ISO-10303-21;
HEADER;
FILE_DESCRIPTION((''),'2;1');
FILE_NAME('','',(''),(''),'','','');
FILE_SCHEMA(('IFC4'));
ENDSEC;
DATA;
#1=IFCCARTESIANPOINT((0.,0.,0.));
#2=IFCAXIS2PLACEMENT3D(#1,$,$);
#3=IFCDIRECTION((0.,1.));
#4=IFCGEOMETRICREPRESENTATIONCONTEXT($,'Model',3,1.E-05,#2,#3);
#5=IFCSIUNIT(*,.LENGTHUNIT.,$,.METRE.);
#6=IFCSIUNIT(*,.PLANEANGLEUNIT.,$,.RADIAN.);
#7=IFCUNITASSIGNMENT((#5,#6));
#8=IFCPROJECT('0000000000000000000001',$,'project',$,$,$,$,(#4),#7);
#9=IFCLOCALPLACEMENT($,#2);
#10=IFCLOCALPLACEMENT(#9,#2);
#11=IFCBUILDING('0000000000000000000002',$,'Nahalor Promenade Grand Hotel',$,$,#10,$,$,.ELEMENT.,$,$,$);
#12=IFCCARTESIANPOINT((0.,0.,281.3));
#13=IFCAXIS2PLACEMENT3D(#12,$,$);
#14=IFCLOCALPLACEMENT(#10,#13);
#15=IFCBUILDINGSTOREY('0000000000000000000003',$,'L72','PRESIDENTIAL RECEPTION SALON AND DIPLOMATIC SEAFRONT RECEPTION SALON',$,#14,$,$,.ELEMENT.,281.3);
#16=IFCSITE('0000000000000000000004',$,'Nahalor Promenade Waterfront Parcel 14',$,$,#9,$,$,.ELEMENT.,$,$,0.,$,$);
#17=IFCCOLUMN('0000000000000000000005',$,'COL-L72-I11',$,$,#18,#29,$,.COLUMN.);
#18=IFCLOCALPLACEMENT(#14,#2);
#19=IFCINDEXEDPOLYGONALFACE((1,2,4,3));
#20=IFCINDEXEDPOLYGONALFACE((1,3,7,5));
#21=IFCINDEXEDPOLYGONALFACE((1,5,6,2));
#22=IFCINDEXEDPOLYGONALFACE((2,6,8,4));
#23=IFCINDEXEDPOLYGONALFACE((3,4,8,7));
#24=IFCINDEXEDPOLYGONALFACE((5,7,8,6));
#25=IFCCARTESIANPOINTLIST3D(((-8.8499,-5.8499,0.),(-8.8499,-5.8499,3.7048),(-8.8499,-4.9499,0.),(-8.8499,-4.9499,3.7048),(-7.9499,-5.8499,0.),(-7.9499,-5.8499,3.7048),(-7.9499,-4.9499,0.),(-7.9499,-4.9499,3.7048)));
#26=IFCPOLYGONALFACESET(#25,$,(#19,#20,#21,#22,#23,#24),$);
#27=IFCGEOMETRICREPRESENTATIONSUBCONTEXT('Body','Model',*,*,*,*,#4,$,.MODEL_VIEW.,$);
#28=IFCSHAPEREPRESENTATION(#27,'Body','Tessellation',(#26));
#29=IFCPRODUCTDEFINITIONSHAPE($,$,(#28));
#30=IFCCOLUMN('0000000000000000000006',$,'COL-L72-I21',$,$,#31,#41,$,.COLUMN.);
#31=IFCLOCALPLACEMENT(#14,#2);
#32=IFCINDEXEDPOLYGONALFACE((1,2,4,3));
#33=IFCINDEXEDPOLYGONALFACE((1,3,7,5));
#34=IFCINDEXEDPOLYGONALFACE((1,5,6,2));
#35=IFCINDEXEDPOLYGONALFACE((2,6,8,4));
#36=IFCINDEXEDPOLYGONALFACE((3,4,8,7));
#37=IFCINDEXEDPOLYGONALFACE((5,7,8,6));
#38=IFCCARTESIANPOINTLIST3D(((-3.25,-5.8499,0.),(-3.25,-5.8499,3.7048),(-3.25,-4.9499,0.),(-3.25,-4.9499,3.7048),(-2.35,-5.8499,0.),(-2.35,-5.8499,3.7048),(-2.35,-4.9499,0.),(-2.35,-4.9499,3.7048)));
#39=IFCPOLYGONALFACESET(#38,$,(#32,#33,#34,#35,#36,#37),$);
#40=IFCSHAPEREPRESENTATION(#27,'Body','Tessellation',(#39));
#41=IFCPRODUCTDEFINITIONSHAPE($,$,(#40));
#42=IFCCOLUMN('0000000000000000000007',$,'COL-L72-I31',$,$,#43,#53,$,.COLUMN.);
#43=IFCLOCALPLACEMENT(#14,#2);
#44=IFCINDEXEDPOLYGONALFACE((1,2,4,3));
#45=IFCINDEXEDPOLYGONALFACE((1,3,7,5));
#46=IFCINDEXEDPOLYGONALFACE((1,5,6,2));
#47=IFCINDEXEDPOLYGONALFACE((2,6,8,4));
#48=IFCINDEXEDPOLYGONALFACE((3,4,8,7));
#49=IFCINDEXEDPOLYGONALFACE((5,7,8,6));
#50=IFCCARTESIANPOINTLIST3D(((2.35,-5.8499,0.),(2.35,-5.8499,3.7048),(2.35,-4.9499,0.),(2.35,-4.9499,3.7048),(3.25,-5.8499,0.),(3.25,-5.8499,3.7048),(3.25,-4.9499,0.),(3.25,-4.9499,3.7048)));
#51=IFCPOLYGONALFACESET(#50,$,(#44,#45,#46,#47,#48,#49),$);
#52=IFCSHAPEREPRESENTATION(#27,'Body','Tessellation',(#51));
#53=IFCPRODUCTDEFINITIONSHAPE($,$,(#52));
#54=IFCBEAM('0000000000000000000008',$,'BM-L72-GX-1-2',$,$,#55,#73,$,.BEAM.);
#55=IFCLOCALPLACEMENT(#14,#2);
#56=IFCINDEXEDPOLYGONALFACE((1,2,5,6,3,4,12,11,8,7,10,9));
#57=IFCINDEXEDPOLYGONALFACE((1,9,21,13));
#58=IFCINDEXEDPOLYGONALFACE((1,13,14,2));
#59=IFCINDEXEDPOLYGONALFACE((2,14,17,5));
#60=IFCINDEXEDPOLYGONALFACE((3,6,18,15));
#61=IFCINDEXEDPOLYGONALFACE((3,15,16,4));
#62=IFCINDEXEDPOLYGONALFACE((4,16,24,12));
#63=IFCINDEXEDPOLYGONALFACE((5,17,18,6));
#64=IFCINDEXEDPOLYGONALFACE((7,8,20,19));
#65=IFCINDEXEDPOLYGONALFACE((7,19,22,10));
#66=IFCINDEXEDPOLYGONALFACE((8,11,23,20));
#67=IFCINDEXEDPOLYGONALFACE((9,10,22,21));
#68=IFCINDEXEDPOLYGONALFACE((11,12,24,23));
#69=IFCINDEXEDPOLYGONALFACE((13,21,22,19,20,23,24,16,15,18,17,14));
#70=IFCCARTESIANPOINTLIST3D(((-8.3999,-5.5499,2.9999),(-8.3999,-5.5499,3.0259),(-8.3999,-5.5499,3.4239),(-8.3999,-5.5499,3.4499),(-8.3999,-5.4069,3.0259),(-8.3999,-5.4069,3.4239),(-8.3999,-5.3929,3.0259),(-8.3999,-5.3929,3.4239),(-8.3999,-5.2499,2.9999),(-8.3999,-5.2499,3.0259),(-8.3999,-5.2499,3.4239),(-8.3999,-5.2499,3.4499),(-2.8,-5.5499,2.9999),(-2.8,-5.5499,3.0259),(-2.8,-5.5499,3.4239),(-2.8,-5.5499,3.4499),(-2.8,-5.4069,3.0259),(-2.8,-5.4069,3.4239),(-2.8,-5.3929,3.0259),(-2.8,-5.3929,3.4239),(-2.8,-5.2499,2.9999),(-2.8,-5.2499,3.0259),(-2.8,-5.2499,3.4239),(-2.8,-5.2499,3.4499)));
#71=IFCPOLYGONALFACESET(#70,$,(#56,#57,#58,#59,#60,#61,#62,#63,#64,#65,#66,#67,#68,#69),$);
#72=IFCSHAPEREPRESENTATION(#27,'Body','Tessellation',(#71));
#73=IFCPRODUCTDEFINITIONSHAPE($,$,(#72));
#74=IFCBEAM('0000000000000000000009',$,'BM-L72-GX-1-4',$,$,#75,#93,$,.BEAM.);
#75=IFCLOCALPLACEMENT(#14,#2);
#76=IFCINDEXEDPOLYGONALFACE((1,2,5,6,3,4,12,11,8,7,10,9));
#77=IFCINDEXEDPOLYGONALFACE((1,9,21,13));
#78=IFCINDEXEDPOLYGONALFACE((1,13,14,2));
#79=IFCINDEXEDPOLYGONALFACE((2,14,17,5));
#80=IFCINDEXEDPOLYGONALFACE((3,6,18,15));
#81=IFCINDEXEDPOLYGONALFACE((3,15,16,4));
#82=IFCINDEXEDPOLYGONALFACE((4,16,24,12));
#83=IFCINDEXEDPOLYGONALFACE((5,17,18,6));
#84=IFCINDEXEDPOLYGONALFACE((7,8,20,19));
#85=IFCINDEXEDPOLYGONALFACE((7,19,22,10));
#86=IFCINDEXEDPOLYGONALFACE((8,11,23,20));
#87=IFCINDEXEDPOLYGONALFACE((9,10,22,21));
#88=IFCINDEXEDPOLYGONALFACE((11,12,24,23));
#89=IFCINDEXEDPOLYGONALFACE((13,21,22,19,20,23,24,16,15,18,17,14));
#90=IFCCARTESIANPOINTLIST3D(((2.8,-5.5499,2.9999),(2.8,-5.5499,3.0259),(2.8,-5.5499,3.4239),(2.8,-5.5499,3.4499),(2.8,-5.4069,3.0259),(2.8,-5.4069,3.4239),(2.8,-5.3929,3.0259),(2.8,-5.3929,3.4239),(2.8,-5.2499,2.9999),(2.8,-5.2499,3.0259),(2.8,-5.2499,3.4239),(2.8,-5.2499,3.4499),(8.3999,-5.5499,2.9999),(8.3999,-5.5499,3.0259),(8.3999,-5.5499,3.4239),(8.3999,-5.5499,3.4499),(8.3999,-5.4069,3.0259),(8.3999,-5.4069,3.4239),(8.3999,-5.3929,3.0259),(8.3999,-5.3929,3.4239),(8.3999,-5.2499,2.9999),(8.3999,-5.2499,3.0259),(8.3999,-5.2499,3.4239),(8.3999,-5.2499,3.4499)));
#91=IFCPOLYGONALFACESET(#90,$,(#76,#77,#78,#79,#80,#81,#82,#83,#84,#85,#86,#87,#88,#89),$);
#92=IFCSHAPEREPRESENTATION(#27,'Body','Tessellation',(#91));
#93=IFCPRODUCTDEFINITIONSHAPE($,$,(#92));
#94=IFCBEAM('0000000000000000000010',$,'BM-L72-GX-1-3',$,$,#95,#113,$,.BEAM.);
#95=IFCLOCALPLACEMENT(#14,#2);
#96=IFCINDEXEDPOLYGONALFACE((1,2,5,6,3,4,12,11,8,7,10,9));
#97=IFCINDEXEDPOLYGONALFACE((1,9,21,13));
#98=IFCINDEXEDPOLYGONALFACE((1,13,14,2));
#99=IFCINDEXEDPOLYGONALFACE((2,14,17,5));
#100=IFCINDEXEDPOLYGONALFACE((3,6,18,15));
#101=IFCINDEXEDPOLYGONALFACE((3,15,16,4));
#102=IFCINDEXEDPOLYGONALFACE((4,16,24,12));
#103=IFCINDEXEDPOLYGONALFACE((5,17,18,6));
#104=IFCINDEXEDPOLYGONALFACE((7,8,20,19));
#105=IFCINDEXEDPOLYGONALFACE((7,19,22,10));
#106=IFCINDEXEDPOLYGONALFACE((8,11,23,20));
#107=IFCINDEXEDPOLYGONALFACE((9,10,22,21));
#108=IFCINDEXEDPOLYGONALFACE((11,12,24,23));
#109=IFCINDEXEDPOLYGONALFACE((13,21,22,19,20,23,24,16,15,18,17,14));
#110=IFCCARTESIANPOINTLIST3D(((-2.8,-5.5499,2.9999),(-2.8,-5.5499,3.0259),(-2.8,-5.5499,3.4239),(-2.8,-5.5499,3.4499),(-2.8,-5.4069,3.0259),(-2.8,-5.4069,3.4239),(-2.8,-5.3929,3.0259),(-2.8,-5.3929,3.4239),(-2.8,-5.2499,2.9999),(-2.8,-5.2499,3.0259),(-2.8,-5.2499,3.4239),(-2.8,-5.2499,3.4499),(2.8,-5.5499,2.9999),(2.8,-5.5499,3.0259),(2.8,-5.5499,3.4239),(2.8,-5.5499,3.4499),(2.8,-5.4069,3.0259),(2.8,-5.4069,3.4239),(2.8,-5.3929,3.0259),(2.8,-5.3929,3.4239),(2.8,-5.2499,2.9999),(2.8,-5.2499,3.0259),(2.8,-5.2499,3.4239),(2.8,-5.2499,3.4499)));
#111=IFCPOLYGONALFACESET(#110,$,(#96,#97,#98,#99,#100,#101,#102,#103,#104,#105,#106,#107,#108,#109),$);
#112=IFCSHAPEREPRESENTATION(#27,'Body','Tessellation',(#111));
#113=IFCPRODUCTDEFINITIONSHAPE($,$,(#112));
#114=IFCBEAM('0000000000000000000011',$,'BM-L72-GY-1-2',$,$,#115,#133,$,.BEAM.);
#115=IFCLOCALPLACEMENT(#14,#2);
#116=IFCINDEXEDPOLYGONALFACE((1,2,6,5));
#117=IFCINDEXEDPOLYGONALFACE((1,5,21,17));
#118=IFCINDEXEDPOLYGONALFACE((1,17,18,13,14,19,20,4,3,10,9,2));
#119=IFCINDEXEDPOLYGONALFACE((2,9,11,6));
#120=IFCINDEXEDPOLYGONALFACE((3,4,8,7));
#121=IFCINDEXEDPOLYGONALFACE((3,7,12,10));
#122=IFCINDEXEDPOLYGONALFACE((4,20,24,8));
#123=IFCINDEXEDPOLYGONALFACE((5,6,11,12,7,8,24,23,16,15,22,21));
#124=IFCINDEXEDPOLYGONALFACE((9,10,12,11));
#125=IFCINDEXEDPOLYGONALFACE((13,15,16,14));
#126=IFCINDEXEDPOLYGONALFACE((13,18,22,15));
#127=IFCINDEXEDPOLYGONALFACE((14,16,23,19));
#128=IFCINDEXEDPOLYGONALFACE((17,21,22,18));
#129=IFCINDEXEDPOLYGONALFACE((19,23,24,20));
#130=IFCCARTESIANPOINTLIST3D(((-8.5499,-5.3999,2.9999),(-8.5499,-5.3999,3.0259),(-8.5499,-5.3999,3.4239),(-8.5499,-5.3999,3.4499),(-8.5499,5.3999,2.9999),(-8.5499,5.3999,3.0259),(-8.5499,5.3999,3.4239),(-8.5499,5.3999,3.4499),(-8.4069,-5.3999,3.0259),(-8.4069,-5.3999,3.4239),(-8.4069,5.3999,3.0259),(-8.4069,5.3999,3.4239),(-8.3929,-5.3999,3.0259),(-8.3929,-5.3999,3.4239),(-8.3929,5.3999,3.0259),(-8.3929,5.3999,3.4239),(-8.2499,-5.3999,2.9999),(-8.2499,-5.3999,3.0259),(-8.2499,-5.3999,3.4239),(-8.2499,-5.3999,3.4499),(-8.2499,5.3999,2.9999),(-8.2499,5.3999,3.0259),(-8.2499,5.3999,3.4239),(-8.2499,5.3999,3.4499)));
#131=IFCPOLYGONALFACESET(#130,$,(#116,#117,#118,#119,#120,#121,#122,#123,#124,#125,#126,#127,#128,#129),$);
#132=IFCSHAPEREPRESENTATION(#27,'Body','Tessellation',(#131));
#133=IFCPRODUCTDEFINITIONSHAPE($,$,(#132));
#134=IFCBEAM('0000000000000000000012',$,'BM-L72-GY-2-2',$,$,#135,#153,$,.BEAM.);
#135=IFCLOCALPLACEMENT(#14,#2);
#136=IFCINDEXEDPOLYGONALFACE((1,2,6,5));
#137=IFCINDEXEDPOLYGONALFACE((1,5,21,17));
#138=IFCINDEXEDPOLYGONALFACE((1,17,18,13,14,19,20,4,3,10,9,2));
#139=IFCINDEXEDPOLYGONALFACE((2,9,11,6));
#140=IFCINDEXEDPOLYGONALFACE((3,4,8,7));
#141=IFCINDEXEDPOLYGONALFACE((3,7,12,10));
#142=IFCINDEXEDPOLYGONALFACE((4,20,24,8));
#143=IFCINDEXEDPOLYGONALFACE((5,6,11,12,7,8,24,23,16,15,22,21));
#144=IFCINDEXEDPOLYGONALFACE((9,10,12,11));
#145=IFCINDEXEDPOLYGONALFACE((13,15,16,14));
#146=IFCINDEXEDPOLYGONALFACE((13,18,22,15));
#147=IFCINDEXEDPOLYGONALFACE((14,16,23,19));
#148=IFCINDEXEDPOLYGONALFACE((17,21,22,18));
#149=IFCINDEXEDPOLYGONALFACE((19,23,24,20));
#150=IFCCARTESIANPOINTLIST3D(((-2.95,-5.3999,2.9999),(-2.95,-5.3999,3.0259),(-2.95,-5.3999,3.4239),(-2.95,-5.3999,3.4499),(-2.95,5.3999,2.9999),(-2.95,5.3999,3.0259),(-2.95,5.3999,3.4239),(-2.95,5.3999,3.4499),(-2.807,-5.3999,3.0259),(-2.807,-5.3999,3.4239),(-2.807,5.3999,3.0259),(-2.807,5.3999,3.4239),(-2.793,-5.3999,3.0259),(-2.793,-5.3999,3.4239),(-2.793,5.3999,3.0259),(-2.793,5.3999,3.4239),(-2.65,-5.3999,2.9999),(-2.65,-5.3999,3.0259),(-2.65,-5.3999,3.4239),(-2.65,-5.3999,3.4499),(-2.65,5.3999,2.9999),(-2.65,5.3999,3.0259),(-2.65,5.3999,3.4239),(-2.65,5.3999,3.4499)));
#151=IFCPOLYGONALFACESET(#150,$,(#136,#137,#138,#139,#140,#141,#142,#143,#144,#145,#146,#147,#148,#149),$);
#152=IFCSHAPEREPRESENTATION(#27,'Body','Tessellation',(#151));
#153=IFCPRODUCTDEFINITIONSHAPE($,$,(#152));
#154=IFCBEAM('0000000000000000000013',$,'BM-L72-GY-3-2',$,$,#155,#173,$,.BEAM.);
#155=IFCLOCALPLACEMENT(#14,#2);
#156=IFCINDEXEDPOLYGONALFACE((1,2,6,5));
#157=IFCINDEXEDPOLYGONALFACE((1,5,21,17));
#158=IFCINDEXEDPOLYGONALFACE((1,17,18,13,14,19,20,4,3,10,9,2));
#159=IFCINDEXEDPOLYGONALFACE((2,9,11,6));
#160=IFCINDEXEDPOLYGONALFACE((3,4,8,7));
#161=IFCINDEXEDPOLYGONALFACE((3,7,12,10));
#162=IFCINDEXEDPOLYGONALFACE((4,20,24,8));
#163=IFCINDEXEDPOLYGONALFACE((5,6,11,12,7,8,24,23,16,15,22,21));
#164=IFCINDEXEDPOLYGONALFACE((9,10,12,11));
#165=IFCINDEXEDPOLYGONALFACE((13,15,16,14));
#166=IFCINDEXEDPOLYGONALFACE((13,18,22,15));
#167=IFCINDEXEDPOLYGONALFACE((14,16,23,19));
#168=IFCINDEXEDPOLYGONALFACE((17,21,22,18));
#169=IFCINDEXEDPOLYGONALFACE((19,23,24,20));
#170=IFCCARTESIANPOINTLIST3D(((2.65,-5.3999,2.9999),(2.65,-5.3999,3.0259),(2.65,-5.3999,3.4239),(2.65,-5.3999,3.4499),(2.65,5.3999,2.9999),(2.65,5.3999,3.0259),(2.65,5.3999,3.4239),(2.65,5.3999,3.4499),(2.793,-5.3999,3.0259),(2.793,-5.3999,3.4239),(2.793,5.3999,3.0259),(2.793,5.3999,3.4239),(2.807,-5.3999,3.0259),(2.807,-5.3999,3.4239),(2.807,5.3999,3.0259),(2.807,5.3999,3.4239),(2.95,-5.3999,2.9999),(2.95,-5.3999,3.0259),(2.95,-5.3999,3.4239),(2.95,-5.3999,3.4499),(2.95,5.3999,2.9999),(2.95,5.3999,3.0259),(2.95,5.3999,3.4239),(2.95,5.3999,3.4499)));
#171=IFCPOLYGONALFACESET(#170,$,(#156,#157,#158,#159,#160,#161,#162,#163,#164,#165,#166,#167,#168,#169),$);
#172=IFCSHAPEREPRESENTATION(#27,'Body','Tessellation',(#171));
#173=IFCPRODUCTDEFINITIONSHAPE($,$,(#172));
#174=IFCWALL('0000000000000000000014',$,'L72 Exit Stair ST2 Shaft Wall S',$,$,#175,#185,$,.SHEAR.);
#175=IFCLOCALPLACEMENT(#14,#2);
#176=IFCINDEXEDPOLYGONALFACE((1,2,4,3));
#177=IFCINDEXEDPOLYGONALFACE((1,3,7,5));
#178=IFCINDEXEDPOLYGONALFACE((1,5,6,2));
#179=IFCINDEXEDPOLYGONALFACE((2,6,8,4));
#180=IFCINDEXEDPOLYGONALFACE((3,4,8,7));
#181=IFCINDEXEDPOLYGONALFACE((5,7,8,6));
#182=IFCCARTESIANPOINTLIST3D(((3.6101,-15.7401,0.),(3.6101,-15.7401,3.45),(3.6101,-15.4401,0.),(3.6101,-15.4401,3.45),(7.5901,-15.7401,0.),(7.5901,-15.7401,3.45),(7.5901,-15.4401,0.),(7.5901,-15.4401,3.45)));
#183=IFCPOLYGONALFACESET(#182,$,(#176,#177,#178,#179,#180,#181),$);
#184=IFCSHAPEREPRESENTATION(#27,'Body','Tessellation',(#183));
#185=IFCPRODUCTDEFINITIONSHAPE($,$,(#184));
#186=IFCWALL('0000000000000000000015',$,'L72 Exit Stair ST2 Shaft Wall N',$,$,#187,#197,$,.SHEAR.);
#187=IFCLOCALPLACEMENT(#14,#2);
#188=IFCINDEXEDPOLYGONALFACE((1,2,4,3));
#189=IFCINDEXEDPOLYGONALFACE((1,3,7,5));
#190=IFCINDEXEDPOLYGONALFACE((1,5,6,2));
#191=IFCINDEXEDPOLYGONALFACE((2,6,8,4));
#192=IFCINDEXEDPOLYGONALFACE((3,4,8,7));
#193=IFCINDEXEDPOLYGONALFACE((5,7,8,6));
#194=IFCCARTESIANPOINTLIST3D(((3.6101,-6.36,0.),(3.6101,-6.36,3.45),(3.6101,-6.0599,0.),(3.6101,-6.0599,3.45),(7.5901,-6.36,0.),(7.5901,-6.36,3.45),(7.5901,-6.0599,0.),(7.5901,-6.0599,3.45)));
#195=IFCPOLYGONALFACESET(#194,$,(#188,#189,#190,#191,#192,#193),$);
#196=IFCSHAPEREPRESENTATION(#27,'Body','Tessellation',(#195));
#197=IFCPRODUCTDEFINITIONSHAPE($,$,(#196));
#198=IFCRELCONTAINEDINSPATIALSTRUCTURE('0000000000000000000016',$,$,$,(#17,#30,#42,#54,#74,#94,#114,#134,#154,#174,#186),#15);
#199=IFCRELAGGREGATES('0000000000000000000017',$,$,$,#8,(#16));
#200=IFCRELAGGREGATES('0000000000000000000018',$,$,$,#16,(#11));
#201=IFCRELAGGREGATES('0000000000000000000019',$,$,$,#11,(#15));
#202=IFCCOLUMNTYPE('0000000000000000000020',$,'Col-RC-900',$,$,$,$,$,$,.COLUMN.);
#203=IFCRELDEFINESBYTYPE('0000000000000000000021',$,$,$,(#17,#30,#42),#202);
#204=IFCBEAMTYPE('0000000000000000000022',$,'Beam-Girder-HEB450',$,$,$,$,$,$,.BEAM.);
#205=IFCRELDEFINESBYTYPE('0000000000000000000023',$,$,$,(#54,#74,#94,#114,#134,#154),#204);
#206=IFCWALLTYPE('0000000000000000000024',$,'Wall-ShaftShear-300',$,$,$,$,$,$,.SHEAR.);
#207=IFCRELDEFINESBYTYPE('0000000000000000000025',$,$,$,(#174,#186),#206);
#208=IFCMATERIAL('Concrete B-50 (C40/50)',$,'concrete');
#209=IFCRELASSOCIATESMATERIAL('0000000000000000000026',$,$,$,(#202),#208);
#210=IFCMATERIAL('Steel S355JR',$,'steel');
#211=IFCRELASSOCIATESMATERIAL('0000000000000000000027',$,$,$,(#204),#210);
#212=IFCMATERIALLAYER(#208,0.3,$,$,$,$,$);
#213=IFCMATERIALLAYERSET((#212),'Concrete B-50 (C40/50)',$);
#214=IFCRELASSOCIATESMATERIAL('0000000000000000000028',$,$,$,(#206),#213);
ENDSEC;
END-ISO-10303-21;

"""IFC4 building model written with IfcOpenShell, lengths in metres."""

from ifc_helpers import new_model, si_unit, direction, frame, frame_2d, origin, origin_2d, place, context, subcontext, project, spatial, rectangle, i_section, extrude, source, transform, mapped, material, layer, layer_set, material_profile, profile_set, type_object, element, save


model = new_model("IFC4")

# Units and contexts
model_context = context("Model", 3, precision=1e-05, world=origin(), true_north=direction((0.0, 1.0)))
body_context = subcontext(model_context, "Body", "Model", "MODEL_VIEW")
ifc_project = project(units=[si_unit("LENGTHUNIT", "METRE"), si_unit("PLANEANGLEUNIT", "RADIAN")], contexts=[model_context])

# Site, building, storey
site_placement = place(None, origin())
site = spatial("IfcSite", under=ifc_project, at=site_placement, Name="Nahalor Promenade Waterfront Parcel 14", CompositionType="ELEMENT", RefElevation=0.0)
building_placement = place(site_placement, origin())
building = spatial("IfcBuilding", under=site, at=building_placement, Name="Nahalor Promenade Grand Hotel", CompositionType="ELEMENT")
storey_placement = place(building_placement, frame((0.0, 0.0, 281.3)))
storey = spatial("IfcBuildingStorey", under=building, at=storey_placement, Name="L72", Description="PRESIDENTIAL RECEPTION SALON AND DIPLOMATIC SEAFRONT RECEPTION SALON", CompositionType="ELEMENT", Elevation=281.3)

# Columns
ifc_material_1 = material(Name="Concrete B-50 (C40/50)", Category="concrete")
ifc_material_profile_1 = material_profile(ifc_material_1, rectangle(XDim=0.9, YDim=0.9, at=origin_2d()), Name="RC 900x900")
ifc_profile_set_1 = profile_set([ifc_material_profile_1], Name="Concrete B-50 (C40/50)")
column_type = type_object("IfcColumnType", Name="Col-RC-900", PredefinedType="COLUMN", material=ifc_profile_set_1)
shared_shape_1 = source(origin(), body_context, "Body", "SweptSolid", [
    extrude(rectangle(XDim=0.9, YDim=0.9, at=origin_2d()), origin(), (0.0, 0.0, 1.0), 3.7048),
])
for number, where, z_axis, x_axis, name in (
    (1, (-8.3999, -5.3999, 0.0), (0.0, 0.0, 1.0), (1.0, 0.0, 0.0), "COL-L72-I11"),
    (2, (-2.8, -5.3999, 0.0), (0.0, 0.0, 1.0), (1.0, 0.0, 0.0), "COL-L72-I21"),
    (3, (2.8, -5.3999, 0.0), (0.0, 0.0, 1.0), (1.0, 0.0, 0.0), "COL-L72-I31"),
):
    element("IfcColumn", number, at=place(storey_placement, frame(where, z_axis=z_axis, x_axis=x_axis)), inside=storey, type_object=column_type, Name=name, PredefinedType="COLUMN", context=body_context, shape_type="MappedRepresentation", body=[
        mapped(shared_shape_1, transform((0.0, 0.0, 0.0), scale=1.0)),
    ])

# Beams
ifc_material_2 = material(Name="Steel S355JR", Category="steel")
ifc_material_profile_2 = material_profile(ifc_material_2, i_section(OverallWidth=0.3, OverallDepth=0.45, WebThickness=0.014, FlangeThickness=0.026, at=origin_2d()), Name="HEB 450")
ifc_profile_set_2 = profile_set([ifc_material_profile_2], Name="Steel S355JR")
beam_type = type_object("IfcBeamType", Name="Beam-Girder-HEB450", PredefinedType="BEAM", material=ifc_profile_set_2)
shared_shape_2 = source(origin(), body_context, "Body", "SweptSolid", [
    extrude(i_section(OverallWidth=0.3, OverallDepth=0.45, WebThickness=0.014, FlangeThickness=0.026, at=origin_2d()), origin(), (0.0, 0.0, 1.0), 5.5999),
])
for number, where, z_axis, x_axis, name in (
    (4, (-8.3999, -5.3999, 3.2249), (1.0, 0.0, 0.0), (0.0, 1.0, 0.0), "BM-L72-GX-1-2"),
    (5, (2.8, -5.3999, 3.2249), (1.0, 0.0, 0.0), (0.0, 1.0, 0.0), "BM-L72-GX-1-4"),
):
    element("IfcBeam", number, at=place(storey_placement, frame(where, z_axis=z_axis, x_axis=x_axis)), inside=storey, type_object=beam_type, Name=name, PredefinedType="BEAM", context=body_context, shape_type="MappedRepresentation", body=[
        mapped(shared_shape_2, transform((0.0, 0.0, 0.0), scale=1.0)),
    ])
shared_shape_3 = source(origin(), body_context, "Body", "SweptSolid", [
    extrude(i_section(OverallWidth=0.3, OverallDepth=0.45, WebThickness=0.014, FlangeThickness=0.026, at=origin_2d()), origin(), (0.0, 0.0, 1.0), 5.6001),
])
beam_placement = place(storey_placement, frame((-2.8, -5.3999, 3.2249), z_axis=(1.0, 0.0, 0.0), x_axis=(0.0, 1.0, 0.0)))
element("IfcBeam", 6, at=beam_placement, inside=storey, type_object=beam_type, Name="BM-L72-GX-1-3", PredefinedType="BEAM", context=body_context, shape_type="MappedRepresentation", body=[
    mapped(shared_shape_3, transform((0.0, 0.0, 0.0), scale=1.0)),
])
shared_shape_4 = source(origin(), body_context, "Body", "SweptSolid", [
    extrude(i_section(OverallWidth=0.3, OverallDepth=0.45, WebThickness=0.014, FlangeThickness=0.026, at=origin_2d()), origin(), (0.0, 0.0, 1.0), 10.7998),
])
for number, where, z_axis, x_axis, name in (
    (7, (-8.3999, -5.3999, 3.2249), (0.0, 1.0, 0.0), (-1.0, 0.0, 0.0), "BM-L72-GY-1-2"),
    (8, (-2.8, -5.3999, 3.2249), (0.0, 1.0, 0.0), (-1.0, 0.0, 0.0), "BM-L72-GY-2-2"),
    (9, (2.8, -5.3999, 3.2249), (0.0, 1.0, 0.0), (-1.0, 0.0, 0.0), "BM-L72-GY-3-2"),
):
    element("IfcBeam", number, at=place(storey_placement, frame(where, z_axis=z_axis, x_axis=x_axis)), inside=storey, type_object=beam_type, Name=name, PredefinedType="BEAM", context=body_context, shape_type="MappedRepresentation", body=[
        mapped(shared_shape_4, transform((0.0, 0.0, 0.0), scale=1.0)),
    ])

# Walls
ifc_layer_1 = layer(ifc_material_1, 0.3)
ifc_layer_set_1 = layer_set([ifc_layer_1], Name="Concrete B-50 (C40/50)")
wall_type = type_object("IfcWallType", Name="Wall-ShaftShear-300", PredefinedType="SHEAR", material=ifc_layer_set_1)
shared_shape_5 = source(origin(), body_context, "Body", "SweptSolid", [
    extrude(rectangle(XDim=3.98, YDim=0.3, at=frame_2d((1.99, 0.0))), origin(), (0.0, 0.0, 1.0), 3.45),
])
for number, where, z_axis, x_axis, name in (
    (10, (3.6101, -15.5901, 0.0), (0.0, 0.0, 1.0), (1.0, 0.0, 0.0), "L72 Exit Stair ST2 Shaft Wall S"),
    (11, (3.6101, -6.21, 0.0), (0.0, 0.0, 1.0), (1.0, 0.0, 0.0), "L72 Exit Stair ST2 Shaft Wall N"),
):
    element("IfcWall", number, at=place(storey_placement, frame(where, z_axis=z_axis, x_axis=x_axis)), inside=storey, type_object=wall_type, Name=name, PredefinedType="SHEAR", context=body_context, shape_type="MappedRepresentation", body=[
        mapped(shared_shape_5, transform((0.0, 0.0, 0.0), scale=1.0)),
    ])

save(model, "model.ifc")
